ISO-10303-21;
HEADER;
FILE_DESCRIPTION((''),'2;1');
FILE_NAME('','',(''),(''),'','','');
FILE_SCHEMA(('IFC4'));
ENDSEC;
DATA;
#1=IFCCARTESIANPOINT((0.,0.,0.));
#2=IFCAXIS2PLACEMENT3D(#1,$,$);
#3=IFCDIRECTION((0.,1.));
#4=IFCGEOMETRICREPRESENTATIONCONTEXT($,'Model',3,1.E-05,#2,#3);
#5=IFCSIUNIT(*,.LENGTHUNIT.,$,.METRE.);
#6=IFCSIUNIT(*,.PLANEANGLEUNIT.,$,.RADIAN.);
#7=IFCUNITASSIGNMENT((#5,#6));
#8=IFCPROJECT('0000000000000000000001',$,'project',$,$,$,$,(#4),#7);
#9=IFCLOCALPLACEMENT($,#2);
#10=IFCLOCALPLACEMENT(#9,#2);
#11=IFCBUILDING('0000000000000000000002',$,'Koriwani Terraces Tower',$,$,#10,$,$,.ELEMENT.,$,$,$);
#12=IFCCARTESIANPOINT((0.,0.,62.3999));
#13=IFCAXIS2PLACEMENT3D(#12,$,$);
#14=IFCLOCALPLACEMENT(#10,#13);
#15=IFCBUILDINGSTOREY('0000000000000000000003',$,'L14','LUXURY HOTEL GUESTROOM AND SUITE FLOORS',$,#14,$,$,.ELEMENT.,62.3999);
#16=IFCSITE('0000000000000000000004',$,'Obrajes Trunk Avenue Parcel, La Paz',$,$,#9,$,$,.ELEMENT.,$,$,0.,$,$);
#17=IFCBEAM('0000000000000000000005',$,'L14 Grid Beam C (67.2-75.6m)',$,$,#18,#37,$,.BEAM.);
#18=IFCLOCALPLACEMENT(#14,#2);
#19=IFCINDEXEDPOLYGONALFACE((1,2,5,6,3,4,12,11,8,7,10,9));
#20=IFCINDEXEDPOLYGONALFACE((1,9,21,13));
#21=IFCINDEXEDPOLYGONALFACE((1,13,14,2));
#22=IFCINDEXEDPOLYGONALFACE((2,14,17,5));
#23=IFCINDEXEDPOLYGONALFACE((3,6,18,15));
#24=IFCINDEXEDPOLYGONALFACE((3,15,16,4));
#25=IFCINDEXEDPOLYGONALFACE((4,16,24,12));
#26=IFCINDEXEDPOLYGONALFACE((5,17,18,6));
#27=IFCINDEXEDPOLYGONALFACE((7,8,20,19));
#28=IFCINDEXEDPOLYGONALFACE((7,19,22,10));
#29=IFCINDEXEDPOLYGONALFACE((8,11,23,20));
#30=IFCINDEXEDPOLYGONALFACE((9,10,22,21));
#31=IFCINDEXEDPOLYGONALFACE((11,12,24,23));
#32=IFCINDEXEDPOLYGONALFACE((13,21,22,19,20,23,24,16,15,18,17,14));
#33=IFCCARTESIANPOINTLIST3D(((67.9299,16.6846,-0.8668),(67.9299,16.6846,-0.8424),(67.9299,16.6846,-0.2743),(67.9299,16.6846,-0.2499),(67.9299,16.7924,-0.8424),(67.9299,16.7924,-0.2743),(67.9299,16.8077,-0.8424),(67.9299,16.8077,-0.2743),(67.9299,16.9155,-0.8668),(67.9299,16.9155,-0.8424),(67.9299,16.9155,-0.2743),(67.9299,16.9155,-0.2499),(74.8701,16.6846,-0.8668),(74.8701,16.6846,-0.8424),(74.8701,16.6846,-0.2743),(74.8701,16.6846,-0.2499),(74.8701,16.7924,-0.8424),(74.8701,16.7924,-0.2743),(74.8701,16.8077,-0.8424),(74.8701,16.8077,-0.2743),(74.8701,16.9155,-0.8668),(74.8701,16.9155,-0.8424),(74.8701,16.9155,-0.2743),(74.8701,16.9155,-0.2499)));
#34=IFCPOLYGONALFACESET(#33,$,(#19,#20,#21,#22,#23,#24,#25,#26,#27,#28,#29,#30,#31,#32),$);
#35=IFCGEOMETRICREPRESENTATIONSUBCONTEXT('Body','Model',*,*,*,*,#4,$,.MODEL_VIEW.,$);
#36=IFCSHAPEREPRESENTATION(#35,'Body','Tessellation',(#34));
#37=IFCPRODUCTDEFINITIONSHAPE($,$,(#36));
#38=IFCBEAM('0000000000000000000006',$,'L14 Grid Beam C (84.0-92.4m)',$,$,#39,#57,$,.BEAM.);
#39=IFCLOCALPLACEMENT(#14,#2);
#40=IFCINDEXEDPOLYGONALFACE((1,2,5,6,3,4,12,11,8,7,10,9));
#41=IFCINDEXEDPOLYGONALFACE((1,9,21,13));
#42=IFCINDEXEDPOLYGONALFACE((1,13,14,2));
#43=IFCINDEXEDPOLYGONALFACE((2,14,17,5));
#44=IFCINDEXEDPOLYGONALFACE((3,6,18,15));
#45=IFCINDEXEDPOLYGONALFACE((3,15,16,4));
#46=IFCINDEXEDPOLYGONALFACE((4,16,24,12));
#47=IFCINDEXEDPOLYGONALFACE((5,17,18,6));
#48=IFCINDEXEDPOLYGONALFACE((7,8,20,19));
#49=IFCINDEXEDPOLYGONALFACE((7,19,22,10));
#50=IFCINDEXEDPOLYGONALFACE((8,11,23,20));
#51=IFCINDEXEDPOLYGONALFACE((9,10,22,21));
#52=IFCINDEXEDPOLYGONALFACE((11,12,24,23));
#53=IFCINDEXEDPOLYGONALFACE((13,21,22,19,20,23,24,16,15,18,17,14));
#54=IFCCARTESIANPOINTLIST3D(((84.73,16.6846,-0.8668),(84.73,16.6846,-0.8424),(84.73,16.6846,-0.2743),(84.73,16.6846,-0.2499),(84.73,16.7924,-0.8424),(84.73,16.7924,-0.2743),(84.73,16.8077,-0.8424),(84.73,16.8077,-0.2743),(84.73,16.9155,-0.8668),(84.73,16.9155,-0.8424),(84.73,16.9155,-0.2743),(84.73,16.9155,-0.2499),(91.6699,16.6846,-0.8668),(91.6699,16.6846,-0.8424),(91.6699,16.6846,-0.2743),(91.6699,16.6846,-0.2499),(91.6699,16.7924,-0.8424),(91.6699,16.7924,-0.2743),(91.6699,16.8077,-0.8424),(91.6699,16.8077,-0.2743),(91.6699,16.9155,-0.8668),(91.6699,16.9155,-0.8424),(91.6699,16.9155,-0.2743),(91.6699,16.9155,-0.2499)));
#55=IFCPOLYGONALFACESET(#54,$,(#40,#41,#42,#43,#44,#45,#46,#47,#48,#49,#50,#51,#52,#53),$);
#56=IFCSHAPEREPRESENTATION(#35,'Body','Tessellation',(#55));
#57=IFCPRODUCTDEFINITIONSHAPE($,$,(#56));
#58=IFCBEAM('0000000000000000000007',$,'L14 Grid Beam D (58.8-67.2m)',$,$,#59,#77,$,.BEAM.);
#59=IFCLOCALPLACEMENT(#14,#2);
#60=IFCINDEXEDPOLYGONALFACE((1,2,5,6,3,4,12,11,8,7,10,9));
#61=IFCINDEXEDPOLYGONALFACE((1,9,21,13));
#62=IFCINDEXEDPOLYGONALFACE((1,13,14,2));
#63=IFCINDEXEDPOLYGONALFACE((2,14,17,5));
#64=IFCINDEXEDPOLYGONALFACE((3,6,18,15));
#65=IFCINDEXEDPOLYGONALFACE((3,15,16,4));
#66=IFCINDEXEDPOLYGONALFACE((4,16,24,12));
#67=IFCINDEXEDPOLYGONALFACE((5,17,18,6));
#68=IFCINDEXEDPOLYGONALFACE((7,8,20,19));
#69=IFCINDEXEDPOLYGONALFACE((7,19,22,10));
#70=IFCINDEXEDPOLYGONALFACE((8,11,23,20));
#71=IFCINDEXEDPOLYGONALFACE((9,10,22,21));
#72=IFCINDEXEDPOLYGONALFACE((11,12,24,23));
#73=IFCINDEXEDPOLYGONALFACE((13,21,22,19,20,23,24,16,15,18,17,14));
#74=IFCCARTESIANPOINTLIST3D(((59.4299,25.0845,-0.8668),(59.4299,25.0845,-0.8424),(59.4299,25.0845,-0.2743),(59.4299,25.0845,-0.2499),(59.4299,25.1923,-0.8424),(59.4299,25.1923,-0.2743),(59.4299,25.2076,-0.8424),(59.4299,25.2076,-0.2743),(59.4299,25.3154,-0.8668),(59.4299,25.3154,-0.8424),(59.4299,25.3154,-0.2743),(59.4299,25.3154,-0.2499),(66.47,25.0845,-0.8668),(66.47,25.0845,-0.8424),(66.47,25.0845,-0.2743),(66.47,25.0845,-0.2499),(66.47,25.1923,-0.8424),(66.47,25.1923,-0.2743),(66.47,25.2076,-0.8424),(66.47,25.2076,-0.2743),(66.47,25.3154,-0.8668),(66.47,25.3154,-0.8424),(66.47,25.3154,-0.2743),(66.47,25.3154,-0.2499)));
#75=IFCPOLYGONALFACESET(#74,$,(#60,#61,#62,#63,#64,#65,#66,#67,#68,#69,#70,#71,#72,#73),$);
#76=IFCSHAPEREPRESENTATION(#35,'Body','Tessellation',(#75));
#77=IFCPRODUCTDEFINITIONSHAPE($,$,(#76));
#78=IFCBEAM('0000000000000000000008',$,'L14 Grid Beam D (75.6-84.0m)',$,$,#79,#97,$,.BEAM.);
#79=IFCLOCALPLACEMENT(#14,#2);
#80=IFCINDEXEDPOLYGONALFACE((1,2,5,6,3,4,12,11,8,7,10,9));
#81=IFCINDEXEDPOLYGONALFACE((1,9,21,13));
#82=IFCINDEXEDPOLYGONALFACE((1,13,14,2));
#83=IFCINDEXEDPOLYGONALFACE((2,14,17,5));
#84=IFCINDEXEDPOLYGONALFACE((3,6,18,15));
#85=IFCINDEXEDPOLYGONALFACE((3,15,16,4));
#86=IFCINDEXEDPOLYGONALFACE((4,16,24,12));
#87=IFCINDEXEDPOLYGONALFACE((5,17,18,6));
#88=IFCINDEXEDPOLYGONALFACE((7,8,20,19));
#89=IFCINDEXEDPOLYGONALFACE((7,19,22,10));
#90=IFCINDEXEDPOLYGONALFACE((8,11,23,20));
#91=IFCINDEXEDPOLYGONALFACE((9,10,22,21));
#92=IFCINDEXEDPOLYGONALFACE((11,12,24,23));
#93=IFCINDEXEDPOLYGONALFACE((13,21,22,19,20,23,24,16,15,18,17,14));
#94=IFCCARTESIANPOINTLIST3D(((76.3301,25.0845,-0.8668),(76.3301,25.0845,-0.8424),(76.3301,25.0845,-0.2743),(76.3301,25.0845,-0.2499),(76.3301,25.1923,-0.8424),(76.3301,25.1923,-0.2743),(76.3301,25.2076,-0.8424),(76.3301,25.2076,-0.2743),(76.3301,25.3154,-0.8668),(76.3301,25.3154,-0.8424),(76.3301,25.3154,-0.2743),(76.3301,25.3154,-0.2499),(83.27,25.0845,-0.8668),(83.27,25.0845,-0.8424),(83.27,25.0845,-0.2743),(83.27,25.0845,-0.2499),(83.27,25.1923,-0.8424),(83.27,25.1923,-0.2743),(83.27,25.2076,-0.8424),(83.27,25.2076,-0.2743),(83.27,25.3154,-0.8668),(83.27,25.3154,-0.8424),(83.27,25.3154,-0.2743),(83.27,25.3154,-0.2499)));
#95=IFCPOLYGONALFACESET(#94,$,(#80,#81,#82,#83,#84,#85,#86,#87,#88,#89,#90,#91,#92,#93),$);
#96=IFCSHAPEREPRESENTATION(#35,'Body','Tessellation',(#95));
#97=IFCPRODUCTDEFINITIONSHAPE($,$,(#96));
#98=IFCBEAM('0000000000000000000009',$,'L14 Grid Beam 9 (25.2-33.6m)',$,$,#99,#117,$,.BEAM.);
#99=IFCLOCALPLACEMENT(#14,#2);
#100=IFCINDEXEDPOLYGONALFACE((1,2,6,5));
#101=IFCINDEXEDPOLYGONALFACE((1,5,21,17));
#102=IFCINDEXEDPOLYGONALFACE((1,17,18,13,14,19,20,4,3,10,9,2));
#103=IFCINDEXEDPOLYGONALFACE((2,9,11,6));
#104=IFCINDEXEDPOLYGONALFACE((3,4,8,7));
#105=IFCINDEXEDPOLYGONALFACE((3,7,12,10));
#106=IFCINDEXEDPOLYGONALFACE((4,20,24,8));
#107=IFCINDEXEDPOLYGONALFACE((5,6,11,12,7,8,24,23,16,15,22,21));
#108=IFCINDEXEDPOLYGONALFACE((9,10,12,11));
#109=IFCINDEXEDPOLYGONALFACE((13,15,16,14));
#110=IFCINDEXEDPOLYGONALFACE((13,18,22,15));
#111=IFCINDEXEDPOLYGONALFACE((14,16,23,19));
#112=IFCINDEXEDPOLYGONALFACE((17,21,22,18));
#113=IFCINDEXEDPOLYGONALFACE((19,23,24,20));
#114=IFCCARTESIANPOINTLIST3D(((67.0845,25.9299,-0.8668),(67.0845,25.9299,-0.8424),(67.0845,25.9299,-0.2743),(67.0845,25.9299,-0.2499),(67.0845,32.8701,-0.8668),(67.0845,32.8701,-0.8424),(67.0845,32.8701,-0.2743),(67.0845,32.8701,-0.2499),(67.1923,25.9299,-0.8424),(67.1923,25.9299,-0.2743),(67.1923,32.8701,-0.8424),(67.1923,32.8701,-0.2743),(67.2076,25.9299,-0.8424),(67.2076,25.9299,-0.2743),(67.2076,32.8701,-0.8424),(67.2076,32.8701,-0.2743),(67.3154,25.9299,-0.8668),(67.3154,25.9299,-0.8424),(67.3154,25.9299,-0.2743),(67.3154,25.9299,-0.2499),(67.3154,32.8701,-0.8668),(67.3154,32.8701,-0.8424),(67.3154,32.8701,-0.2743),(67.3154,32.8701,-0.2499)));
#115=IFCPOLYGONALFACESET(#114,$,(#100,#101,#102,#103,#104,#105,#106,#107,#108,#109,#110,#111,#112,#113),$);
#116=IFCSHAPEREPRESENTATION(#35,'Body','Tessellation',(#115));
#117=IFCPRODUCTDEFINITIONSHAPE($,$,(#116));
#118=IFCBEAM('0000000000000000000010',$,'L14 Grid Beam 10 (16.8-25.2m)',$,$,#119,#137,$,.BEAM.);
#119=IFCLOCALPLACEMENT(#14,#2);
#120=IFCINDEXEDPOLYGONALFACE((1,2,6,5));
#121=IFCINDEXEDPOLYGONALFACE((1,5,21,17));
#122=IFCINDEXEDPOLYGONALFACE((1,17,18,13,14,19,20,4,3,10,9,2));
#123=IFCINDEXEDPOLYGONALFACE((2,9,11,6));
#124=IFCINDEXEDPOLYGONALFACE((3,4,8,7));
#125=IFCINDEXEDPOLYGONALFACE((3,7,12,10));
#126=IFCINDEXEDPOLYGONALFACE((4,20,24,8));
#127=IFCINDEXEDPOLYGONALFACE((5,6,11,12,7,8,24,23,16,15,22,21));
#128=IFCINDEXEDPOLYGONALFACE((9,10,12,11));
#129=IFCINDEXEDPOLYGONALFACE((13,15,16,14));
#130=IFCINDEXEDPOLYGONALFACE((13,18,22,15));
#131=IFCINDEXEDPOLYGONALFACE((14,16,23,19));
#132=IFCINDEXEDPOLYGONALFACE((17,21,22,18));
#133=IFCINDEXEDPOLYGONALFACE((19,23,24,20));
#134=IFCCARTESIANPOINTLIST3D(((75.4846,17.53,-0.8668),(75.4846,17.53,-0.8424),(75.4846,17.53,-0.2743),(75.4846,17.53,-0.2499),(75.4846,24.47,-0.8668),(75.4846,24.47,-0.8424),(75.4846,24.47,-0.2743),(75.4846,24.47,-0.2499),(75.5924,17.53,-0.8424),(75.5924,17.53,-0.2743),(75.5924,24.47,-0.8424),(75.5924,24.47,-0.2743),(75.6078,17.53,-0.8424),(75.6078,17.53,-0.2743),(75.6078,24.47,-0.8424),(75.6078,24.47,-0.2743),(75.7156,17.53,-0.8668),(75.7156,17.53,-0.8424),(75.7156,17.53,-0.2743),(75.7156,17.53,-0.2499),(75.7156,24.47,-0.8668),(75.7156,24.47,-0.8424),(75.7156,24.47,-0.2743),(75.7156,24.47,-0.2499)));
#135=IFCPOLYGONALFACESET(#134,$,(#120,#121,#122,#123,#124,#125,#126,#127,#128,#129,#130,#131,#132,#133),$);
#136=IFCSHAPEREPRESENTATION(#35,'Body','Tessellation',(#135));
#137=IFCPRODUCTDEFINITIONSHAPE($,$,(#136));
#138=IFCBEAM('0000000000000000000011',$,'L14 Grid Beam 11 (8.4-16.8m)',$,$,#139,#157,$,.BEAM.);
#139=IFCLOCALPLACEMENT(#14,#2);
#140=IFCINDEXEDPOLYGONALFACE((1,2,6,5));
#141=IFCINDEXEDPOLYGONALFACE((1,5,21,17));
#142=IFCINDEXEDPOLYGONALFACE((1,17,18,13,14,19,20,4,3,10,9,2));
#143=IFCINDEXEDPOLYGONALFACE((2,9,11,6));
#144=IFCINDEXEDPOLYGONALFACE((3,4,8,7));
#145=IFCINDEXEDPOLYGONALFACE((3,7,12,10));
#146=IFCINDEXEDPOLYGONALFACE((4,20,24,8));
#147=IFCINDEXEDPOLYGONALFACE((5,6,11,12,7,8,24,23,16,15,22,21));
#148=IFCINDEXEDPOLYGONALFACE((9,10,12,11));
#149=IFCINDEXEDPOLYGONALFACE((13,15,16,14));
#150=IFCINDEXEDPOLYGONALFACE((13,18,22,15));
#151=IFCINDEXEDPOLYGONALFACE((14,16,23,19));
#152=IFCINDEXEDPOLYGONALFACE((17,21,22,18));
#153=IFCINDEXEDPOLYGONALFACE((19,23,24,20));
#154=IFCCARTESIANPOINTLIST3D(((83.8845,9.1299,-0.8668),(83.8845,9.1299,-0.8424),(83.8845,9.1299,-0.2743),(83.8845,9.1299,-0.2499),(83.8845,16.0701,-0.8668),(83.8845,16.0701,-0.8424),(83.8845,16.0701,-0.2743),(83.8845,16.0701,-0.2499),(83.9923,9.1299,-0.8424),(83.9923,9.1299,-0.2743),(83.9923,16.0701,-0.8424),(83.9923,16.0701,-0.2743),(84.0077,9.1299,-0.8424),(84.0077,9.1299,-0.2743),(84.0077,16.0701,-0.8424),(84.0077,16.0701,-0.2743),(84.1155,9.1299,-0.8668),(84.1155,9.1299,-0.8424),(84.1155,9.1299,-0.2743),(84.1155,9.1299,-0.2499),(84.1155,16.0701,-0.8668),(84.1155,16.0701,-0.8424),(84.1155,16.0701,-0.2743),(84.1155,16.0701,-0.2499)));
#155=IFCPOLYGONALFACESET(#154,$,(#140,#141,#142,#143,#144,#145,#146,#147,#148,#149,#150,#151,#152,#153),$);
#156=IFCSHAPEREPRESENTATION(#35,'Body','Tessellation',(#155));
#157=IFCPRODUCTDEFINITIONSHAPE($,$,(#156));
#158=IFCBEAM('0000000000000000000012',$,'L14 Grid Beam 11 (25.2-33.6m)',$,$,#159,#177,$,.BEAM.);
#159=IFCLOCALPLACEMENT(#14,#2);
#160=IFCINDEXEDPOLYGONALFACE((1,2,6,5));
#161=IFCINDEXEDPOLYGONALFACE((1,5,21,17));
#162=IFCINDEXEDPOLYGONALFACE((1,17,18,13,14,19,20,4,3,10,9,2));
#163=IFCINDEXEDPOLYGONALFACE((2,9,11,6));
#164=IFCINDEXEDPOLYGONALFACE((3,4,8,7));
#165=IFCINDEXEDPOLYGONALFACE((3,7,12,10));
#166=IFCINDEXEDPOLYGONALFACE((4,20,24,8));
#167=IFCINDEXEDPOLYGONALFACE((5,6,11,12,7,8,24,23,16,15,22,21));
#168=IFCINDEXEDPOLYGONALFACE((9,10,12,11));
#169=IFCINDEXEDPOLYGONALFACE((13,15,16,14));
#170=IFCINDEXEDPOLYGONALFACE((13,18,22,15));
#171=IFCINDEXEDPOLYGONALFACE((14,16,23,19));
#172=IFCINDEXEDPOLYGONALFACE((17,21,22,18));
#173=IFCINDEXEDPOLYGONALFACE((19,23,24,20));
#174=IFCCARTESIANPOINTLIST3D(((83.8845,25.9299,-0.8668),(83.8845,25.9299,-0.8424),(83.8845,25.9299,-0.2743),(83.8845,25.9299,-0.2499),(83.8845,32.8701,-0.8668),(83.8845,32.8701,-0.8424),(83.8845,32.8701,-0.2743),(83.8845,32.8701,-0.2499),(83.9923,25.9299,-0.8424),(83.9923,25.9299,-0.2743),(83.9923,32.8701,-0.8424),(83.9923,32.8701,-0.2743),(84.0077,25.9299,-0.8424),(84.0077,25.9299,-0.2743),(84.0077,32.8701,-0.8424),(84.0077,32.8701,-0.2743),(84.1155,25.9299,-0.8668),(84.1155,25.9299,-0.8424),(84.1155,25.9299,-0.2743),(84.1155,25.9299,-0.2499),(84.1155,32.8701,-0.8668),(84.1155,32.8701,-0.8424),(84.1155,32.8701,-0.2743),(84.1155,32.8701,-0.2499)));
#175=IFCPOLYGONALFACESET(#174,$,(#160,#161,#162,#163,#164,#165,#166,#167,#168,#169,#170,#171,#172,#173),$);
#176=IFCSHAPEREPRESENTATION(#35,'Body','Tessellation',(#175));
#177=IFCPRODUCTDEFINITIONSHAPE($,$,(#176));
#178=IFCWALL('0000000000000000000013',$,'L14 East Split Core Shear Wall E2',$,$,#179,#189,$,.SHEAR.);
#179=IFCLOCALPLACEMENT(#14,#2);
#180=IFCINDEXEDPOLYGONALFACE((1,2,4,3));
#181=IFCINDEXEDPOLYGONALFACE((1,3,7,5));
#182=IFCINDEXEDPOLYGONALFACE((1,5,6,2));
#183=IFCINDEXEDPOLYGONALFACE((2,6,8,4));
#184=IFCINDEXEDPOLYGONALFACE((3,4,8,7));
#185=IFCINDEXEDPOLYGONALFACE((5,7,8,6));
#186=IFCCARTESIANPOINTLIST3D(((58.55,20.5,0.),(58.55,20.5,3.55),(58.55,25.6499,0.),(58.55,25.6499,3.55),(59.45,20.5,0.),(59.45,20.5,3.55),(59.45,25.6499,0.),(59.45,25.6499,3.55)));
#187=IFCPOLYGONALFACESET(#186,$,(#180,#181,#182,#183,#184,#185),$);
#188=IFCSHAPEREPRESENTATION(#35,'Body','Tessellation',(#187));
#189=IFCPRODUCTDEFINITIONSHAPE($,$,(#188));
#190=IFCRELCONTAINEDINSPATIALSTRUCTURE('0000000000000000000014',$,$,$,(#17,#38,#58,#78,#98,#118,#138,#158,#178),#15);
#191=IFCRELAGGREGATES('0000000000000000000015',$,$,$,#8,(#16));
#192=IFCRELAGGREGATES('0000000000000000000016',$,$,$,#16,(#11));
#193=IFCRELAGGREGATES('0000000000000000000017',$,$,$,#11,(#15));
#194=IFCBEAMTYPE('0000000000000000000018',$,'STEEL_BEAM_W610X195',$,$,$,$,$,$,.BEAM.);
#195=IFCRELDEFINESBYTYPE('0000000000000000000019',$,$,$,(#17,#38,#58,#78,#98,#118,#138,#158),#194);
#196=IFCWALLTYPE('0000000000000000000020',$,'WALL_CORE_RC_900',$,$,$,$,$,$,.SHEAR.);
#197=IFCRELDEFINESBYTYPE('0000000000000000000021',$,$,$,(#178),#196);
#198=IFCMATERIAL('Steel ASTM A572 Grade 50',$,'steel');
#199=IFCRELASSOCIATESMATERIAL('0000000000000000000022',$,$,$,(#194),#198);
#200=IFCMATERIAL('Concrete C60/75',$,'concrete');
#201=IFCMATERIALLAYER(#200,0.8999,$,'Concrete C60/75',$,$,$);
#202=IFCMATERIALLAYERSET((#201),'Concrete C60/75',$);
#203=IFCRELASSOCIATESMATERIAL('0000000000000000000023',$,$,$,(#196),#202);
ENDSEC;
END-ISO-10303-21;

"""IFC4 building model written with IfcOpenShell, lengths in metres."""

from ifc_helpers import new_model, si_unit, direction, frame, frame_2d, origin, origin_2d, place, context, subcontext, project, spatial, rectangle, i_section, extrude, material, layer, layer_set, material_profile, profile_set, type_object, element, save


model = new_model("IFC4")

# Units and contexts
model_context = context("Model", 3, precision=1e-05, world=origin(), true_north=direction((0.0, 1.0)))
body_context = subcontext(model_context, "Body", "Model", "MODEL_VIEW")
ifc_project = project(units=[si_unit("LENGTHUNIT", "METRE"), si_unit("PLANEANGLEUNIT", "RADIAN")], contexts=[model_context])

# Site, building, storey
site_placement = place(None, origin())
site = spatial("IfcSite", under=ifc_project, at=site_placement, Name="Obrajes Trunk Avenue Parcel, La Paz", CompositionType="ELEMENT", RefElevation=0.0)
building_placement = place(site_placement, origin())
building = spatial("IfcBuilding", under=site, at=building_placement, Name="Koriwani Terraces Tower", CompositionType="ELEMENT")
storey_placement = place(building_placement, frame((0.0, 0.0, 62.3999)))
storey = spatial("IfcBuildingStorey", under=building, at=storey_placement, Name="L14", Description="LUXURY HOTEL GUESTROOM AND SUITE FLOORS", CompositionType="ELEMENT", Elevation=62.3999)

# Shared definitions
ifc_material_1 = material(Name="Concrete C60/75", Category="concrete")

# Beams
ifc_material_2 = material(Name="Steel ASTM A572 Grade 50", Category="steel")
ifc_material_profile_1 = material_profile(ifc_material_2, i_section(OverallWidth=0.231, OverallDepth=0.6169, WebThickness=0.0154, FlangeThickness=0.0244, at=origin_2d()), Name="Steel ASTM A572 Grade 50", Category="LoadBearing")
ifc_profile_set_1 = profile_set([ifc_material_profile_1], Name="Steel ASTM A572 Grade 50")
beam_type_1 = type_object("IfcBeamType", Name="STEEL_BEAM_W610X195", PredefinedType="BEAM", material=ifc_profile_set_1)
beam_1_placement = place(storey_placement, frame((67.9299, 16.8, -0.5583), z_axis=(1.0, 0.0, 0.0), x_axis=(0.0, 1.0, 0.0)))
element("IfcBeam", 1, at=beam_1_placement, inside=storey, type_object=beam_type_1, Name="L14 Grid Beam C (67.2-75.6m)", PredefinedType="BEAM", context=body_context, shape_type="SweptSolid", body=[
    extrude(i_section(OverallWidth=0.231, OverallDepth=0.6169, WebThickness=0.0154, FlangeThickness=0.0244, at=origin_2d()), origin(), (0.0, 0.0, 1.0), 6.9402),
])
beam_2_placement = place(storey_placement, frame((84.73, 16.8, -0.5583), z_axis=(1.0, 0.0, 0.0), x_axis=(0.0, 1.0, 0.0)))
element("IfcBeam", 2, at=beam_2_placement, inside=storey, type_object=beam_type_1, Name="L14 Grid Beam C (84.0-92.4m)", PredefinedType="BEAM", context=body_context, shape_type="SweptSolid", body=[
    extrude(i_section(OverallWidth=0.231, OverallDepth=0.6169, WebThickness=0.0154, FlangeThickness=0.0244, at=origin_2d()), origin(), (0.0, 0.0, 1.0), 6.9399),
])
beam_3_placement = place(storey_placement, frame((59.4299, 25.2, -0.5583), z_axis=(1.0, 0.0, 0.0), x_axis=(0.0, 1.0, 0.0)))
element("IfcBeam", 3, at=beam_3_placement, inside=storey, type_object=beam_type_1, Name="L14 Grid Beam D (58.8-67.2m)", PredefinedType="BEAM", context=body_context, shape_type="SweptSolid", body=[
    extrude(i_section(OverallWidth=0.231, OverallDepth=0.6169, WebThickness=0.0154, FlangeThickness=0.0244, at=origin_2d()), origin(), (0.0, 0.0, 1.0), 7.04),
])
beam_4_placement = place(storey_placement, frame((76.3301, 25.2, -0.5583), z_axis=(1.0, 0.0, 0.0), x_axis=(0.0, 1.0, 0.0)))
element("IfcBeam", 4, at=beam_4_placement, inside=storey, type_object=beam_type_1, Name="L14 Grid Beam D (75.6-84.0m)", PredefinedType="BEAM", context=body_context, shape_type="SweptSolid", body=[
    extrude(i_section(OverallWidth=0.231, OverallDepth=0.6169, WebThickness=0.0154, FlangeThickness=0.0244, at=origin_2d()), origin(), (0.0, 0.0, 1.0), 6.9399),
])
beam_5_placement = place(storey_placement, frame((67.2, 25.9299, -0.5583), z_axis=(0.0, 1.0, 0.0), x_axis=(-1.0, 0.0, 0.0)))
element("IfcBeam", 5, at=beam_5_placement, inside=storey, type_object=beam_type_1, Name="L14 Grid Beam 9 (25.2-33.6m)", PredefinedType="BEAM", context=body_context, shape_type="SweptSolid", body=[
    extrude(i_section(OverallWidth=0.231, OverallDepth=0.6169, WebThickness=0.0154, FlangeThickness=0.0244, at=origin_2d()), origin(), (0.0, 0.0, 1.0), 6.9402),
])
beam_6_placement = place(storey_placement, frame((75.6001, 17.53, -0.5583), z_axis=(0.0, 1.0, 0.0), x_axis=(-1.0, 0.0, 0.0)))
element("IfcBeam", 6, at=beam_6_placement, inside=storey, type_object=beam_type_1, Name="L14 Grid Beam 10 (16.8-25.2m)", PredefinedType="BEAM", context=body_context, shape_type="SweptSolid", body=[
    extrude(i_section(OverallWidth=0.231, OverallDepth=0.6169, WebThickness=0.0154, FlangeThickness=0.0244, at=origin_2d()), origin(), (0.0, 0.0, 1.0), 6.9399),
])
for number, where, z_axis, x_axis, name in (
    (7, (84.0, 9.1299, -0.5583), (0.0, 1.0, 0.0), (-1.0, 0.0, 0.0), "L14 Grid Beam 11 (8.4-16.8m)"),
    (8, (84.0, 25.9299, -0.5583), (0.0, 1.0, 0.0), (-1.0, 0.0, 0.0), "L14 Grid Beam 11 (25.2-33.6m)"),
):
    element("IfcBeam", number, at=place(storey_placement, frame(where, z_axis=z_axis, x_axis=x_axis)), inside=storey, type_object=beam_type_1, Name=name, PredefinedType="BEAM", context=body_context, shape_type="SweptSolid", body=[
        extrude(i_section(OverallWidth=0.231, OverallDepth=0.6169, WebThickness=0.0154, FlangeThickness=0.0244, at=origin_2d()), origin(), (0.0, 0.0, 1.0), 6.9402),
    ])

# Wall
ifc_layer_1 = layer(ifc_material_1, 0.8999, Name="Concrete C60/75")
ifc_layer_set_1 = layer_set([ifc_layer_1], Name="Concrete C60/75")
wall_type_1 = type_object("IfcWallType", Name="WALL_CORE_RC_900", PredefinedType="SHEAR", material=ifc_layer_set_1)
wall_1_placement = place(storey_placement, frame((59.0, 20.5, 0.0), z_axis=(0.0, 0.0, 1.0), x_axis=(0.0, 1.0, 0.0)))
element("IfcWall", 9, at=wall_1_placement, inside=storey, type_object=wall_type_1, Name="L14 East Split Core Shear Wall E2", PredefinedType="SHEAR", context=body_context, shape_type="SweptSolid", body=[
    extrude(rectangle(XDim=5.1499, YDim=0.8999, at=frame_2d((2.575, 0.0))), origin(), (0.0, 0.0, 1.0), 3.55),
])

save(model, "model.ifc")
